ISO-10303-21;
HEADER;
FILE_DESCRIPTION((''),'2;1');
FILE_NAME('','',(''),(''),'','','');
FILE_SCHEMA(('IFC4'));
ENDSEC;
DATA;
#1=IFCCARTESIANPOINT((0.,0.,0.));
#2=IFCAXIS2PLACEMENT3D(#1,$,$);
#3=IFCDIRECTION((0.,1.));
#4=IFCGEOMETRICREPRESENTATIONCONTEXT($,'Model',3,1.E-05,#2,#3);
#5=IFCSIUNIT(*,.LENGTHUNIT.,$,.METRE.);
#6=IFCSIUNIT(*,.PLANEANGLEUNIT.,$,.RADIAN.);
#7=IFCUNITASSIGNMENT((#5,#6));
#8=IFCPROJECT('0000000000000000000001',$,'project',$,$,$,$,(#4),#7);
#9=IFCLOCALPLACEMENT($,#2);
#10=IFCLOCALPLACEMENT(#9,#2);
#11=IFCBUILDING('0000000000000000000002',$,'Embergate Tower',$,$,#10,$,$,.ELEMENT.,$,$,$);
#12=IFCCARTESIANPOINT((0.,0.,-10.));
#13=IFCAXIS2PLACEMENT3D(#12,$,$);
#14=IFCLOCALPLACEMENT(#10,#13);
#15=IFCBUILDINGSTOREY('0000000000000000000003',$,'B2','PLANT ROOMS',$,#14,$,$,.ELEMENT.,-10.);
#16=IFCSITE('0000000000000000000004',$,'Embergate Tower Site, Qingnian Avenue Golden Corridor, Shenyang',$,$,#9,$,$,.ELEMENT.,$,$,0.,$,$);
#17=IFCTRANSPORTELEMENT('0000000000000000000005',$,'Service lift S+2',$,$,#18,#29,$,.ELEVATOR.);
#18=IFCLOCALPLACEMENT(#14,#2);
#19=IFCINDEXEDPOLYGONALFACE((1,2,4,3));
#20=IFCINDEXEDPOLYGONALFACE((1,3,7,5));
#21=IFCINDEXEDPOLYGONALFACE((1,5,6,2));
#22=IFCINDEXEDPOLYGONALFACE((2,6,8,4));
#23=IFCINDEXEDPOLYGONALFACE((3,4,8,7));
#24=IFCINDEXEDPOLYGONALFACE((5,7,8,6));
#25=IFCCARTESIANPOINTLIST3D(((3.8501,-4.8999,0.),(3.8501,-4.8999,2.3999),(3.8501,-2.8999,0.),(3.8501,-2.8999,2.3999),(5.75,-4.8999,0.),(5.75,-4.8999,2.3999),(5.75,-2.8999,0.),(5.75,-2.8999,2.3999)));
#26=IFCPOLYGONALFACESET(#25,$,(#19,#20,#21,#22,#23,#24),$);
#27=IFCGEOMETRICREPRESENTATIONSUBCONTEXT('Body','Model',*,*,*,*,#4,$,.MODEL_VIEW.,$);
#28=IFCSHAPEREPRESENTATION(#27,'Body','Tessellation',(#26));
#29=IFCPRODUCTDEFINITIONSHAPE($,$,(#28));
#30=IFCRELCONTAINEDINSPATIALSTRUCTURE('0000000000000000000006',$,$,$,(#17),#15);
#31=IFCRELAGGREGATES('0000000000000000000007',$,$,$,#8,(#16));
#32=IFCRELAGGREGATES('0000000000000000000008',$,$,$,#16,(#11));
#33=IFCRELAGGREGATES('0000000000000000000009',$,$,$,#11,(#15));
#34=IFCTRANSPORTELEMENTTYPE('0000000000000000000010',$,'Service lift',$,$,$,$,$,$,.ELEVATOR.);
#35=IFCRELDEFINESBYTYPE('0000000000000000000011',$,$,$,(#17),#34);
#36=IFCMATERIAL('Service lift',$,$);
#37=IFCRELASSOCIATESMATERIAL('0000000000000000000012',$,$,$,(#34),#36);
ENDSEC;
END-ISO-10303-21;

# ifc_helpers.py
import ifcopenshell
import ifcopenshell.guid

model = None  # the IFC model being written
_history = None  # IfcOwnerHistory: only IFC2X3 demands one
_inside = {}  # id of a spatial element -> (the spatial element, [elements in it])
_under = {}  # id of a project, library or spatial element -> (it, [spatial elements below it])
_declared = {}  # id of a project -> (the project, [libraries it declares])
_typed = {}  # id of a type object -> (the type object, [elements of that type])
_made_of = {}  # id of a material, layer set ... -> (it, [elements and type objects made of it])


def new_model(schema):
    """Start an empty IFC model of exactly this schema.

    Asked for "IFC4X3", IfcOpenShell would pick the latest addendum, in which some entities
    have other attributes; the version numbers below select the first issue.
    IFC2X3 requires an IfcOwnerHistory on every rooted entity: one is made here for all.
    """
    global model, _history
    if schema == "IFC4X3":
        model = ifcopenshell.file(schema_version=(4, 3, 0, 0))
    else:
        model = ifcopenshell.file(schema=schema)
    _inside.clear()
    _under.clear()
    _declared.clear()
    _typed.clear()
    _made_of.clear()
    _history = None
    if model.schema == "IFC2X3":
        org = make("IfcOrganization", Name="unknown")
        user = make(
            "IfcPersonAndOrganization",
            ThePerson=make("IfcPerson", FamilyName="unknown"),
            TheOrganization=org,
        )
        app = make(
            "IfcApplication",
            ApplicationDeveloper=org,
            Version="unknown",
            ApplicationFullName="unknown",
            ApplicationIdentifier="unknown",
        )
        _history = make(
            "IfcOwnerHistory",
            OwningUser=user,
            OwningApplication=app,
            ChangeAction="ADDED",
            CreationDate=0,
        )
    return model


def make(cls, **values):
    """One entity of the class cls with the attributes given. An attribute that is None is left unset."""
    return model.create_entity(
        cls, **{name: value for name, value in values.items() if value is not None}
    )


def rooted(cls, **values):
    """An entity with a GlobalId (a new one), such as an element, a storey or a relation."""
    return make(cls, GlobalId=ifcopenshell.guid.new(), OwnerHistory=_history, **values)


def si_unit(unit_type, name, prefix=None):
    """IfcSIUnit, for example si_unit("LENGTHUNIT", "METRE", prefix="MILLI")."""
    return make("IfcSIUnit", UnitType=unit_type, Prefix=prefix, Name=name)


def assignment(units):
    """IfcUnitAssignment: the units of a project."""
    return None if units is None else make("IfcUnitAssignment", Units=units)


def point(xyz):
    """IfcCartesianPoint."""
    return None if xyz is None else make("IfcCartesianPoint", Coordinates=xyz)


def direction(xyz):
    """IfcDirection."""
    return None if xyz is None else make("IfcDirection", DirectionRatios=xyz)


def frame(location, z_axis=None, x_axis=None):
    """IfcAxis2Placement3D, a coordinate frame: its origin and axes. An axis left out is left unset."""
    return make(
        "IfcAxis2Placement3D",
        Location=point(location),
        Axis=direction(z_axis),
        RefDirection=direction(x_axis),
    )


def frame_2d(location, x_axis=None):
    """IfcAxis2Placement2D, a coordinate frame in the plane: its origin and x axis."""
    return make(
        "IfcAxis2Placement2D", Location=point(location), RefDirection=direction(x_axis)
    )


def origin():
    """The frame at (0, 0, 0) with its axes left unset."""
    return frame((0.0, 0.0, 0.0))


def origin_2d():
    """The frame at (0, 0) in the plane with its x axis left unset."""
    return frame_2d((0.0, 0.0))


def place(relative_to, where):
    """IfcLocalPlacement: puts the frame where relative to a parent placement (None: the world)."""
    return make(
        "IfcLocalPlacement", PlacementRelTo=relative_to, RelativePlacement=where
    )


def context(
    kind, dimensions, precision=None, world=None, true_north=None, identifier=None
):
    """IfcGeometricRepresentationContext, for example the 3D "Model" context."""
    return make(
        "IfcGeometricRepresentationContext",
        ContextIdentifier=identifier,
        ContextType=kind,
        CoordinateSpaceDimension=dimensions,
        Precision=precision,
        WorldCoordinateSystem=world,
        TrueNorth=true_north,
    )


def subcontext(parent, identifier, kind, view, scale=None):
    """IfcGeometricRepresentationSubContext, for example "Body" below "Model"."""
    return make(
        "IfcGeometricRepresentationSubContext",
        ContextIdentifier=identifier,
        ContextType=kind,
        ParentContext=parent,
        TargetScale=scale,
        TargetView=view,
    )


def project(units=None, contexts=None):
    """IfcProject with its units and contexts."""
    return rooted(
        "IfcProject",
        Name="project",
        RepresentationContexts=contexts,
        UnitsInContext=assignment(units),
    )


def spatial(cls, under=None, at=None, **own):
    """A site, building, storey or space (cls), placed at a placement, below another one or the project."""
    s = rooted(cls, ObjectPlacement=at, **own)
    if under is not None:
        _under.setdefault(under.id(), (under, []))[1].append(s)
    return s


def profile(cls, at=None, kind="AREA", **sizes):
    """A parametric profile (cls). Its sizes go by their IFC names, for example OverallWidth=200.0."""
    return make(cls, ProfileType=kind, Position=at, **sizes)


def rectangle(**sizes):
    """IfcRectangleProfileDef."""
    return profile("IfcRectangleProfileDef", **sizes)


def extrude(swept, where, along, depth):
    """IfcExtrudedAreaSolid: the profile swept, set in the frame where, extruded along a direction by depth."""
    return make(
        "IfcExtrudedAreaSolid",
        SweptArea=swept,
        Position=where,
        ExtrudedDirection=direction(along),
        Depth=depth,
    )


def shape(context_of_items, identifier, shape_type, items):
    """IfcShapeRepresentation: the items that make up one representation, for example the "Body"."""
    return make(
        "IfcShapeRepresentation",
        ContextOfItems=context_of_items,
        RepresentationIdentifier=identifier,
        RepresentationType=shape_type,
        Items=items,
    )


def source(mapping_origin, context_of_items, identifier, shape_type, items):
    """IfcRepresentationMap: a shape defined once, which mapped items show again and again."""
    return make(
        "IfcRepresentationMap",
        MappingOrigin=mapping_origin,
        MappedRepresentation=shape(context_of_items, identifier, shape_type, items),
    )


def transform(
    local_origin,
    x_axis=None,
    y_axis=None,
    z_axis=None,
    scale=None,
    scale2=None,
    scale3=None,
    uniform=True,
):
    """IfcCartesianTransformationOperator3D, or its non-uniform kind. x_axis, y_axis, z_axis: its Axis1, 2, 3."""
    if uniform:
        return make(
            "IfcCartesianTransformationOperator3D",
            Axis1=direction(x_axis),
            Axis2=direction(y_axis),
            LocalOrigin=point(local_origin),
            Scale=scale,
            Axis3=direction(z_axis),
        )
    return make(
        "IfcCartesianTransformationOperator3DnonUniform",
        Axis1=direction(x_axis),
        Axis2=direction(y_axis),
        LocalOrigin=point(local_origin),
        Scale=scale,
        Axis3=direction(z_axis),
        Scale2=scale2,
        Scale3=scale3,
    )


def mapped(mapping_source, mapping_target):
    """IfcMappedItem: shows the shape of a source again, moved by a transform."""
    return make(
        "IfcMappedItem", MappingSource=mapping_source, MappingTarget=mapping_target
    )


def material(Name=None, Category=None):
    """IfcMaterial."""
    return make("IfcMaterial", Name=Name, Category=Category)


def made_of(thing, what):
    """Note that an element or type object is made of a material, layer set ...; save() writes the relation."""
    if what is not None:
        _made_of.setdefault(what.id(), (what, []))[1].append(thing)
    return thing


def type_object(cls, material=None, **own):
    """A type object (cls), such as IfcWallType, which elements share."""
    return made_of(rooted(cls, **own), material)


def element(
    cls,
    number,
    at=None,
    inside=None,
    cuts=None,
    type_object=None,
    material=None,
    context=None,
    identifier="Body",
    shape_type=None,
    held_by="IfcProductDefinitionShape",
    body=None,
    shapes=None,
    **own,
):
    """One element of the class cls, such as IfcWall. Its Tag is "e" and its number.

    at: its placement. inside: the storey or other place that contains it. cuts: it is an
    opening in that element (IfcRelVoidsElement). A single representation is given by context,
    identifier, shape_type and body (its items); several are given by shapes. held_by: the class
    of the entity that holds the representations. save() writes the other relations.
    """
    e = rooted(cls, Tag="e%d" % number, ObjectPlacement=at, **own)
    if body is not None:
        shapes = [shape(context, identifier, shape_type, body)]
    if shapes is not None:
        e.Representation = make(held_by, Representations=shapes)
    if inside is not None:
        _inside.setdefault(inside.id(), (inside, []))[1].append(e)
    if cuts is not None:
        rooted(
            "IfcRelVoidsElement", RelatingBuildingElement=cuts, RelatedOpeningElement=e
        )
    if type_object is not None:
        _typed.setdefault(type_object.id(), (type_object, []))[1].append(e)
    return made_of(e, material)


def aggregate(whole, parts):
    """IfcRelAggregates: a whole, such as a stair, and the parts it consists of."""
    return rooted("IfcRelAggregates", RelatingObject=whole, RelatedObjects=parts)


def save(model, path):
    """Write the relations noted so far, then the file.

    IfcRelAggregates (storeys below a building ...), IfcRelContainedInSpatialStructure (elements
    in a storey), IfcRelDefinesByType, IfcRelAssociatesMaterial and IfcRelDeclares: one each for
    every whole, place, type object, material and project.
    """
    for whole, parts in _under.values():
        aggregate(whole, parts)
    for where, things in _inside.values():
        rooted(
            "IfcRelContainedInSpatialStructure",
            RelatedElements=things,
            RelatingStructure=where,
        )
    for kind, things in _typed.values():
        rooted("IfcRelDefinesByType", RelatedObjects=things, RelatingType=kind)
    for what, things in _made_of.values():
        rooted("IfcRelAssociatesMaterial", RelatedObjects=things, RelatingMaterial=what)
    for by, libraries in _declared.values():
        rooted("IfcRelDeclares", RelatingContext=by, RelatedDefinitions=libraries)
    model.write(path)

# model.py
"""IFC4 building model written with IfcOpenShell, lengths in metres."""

from ifc_helpers import new_model, si_unit, direction, frame, origin, origin_2d, place, context, subcontext, project, spatial, rectangle, extrude, source, transform, mapped, material, type_object, element, save


model = new_model("IFC4")

# Units and contexts
model_context = context("Model", 3, precision=1e-05, world=origin(), true_north=direction((0.0, 1.0)))
body_context = subcontext(model_context, "Body", "Model", "MODEL_VIEW")
ifc_project = project(units=[si_unit("LENGTHUNIT", "METRE"), si_unit("PLANEANGLEUNIT", "RADIAN")], contexts=[model_context])

# Site, building, storey
site_placement = place(None, origin())
site = spatial("IfcSite", under=ifc_project, at=site_placement, Name="Embergate Tower Site, Qingnian Avenue Golden Corridor, Shenyang", CompositionType="ELEMENT", RefElevation=0.0)
building_placement = place(site_placement, origin())
building = spatial("IfcBuilding", under=site, at=building_placement, Name="Embergate Tower", CompositionType="ELEMENT")
storey_placement = place(building_placement, frame((0.0, 0.0, -10.0)))
storey = spatial("IfcBuildingStorey", under=building, at=storey_placement, Name="B2", Description="PLANT ROOMS", CompositionType="ELEMENT", Elevation=-10.0)

# Transport element
ifc_material_1 = material(Name="Service lift")
transport_element_type = type_object("IfcTransportElementType", Name="Service lift", PredefinedType="ELEVATOR", material=ifc_material_1)
shared_shape_1 = source(origin(), body_context, "Body", "SweptSolid", [
    extrude(rectangle(XDim=1.8999, YDim=2.0, at=origin_2d()), origin(), (0.0, 0.0, 1.0), 2.3999),
])
transport_element_placement = place(storey_placement, frame((4.8, -3.8999, 0.0), z_axis=(0.0, 0.0, 1.0), x_axis=(1.0, 0.0, 0.0)))
element("IfcTransportElement", 1, at=transport_element_placement, inside=storey, type_object=transport_element_type, Name="Service lift S+2", PredefinedType="ELEVATOR", context=body_context, shape_type="MappedRepresentation", body=[
    mapped(shared_shape_1, transform((0.0, 0.0, 0.0))),
])

save(model, "model.ifc")
